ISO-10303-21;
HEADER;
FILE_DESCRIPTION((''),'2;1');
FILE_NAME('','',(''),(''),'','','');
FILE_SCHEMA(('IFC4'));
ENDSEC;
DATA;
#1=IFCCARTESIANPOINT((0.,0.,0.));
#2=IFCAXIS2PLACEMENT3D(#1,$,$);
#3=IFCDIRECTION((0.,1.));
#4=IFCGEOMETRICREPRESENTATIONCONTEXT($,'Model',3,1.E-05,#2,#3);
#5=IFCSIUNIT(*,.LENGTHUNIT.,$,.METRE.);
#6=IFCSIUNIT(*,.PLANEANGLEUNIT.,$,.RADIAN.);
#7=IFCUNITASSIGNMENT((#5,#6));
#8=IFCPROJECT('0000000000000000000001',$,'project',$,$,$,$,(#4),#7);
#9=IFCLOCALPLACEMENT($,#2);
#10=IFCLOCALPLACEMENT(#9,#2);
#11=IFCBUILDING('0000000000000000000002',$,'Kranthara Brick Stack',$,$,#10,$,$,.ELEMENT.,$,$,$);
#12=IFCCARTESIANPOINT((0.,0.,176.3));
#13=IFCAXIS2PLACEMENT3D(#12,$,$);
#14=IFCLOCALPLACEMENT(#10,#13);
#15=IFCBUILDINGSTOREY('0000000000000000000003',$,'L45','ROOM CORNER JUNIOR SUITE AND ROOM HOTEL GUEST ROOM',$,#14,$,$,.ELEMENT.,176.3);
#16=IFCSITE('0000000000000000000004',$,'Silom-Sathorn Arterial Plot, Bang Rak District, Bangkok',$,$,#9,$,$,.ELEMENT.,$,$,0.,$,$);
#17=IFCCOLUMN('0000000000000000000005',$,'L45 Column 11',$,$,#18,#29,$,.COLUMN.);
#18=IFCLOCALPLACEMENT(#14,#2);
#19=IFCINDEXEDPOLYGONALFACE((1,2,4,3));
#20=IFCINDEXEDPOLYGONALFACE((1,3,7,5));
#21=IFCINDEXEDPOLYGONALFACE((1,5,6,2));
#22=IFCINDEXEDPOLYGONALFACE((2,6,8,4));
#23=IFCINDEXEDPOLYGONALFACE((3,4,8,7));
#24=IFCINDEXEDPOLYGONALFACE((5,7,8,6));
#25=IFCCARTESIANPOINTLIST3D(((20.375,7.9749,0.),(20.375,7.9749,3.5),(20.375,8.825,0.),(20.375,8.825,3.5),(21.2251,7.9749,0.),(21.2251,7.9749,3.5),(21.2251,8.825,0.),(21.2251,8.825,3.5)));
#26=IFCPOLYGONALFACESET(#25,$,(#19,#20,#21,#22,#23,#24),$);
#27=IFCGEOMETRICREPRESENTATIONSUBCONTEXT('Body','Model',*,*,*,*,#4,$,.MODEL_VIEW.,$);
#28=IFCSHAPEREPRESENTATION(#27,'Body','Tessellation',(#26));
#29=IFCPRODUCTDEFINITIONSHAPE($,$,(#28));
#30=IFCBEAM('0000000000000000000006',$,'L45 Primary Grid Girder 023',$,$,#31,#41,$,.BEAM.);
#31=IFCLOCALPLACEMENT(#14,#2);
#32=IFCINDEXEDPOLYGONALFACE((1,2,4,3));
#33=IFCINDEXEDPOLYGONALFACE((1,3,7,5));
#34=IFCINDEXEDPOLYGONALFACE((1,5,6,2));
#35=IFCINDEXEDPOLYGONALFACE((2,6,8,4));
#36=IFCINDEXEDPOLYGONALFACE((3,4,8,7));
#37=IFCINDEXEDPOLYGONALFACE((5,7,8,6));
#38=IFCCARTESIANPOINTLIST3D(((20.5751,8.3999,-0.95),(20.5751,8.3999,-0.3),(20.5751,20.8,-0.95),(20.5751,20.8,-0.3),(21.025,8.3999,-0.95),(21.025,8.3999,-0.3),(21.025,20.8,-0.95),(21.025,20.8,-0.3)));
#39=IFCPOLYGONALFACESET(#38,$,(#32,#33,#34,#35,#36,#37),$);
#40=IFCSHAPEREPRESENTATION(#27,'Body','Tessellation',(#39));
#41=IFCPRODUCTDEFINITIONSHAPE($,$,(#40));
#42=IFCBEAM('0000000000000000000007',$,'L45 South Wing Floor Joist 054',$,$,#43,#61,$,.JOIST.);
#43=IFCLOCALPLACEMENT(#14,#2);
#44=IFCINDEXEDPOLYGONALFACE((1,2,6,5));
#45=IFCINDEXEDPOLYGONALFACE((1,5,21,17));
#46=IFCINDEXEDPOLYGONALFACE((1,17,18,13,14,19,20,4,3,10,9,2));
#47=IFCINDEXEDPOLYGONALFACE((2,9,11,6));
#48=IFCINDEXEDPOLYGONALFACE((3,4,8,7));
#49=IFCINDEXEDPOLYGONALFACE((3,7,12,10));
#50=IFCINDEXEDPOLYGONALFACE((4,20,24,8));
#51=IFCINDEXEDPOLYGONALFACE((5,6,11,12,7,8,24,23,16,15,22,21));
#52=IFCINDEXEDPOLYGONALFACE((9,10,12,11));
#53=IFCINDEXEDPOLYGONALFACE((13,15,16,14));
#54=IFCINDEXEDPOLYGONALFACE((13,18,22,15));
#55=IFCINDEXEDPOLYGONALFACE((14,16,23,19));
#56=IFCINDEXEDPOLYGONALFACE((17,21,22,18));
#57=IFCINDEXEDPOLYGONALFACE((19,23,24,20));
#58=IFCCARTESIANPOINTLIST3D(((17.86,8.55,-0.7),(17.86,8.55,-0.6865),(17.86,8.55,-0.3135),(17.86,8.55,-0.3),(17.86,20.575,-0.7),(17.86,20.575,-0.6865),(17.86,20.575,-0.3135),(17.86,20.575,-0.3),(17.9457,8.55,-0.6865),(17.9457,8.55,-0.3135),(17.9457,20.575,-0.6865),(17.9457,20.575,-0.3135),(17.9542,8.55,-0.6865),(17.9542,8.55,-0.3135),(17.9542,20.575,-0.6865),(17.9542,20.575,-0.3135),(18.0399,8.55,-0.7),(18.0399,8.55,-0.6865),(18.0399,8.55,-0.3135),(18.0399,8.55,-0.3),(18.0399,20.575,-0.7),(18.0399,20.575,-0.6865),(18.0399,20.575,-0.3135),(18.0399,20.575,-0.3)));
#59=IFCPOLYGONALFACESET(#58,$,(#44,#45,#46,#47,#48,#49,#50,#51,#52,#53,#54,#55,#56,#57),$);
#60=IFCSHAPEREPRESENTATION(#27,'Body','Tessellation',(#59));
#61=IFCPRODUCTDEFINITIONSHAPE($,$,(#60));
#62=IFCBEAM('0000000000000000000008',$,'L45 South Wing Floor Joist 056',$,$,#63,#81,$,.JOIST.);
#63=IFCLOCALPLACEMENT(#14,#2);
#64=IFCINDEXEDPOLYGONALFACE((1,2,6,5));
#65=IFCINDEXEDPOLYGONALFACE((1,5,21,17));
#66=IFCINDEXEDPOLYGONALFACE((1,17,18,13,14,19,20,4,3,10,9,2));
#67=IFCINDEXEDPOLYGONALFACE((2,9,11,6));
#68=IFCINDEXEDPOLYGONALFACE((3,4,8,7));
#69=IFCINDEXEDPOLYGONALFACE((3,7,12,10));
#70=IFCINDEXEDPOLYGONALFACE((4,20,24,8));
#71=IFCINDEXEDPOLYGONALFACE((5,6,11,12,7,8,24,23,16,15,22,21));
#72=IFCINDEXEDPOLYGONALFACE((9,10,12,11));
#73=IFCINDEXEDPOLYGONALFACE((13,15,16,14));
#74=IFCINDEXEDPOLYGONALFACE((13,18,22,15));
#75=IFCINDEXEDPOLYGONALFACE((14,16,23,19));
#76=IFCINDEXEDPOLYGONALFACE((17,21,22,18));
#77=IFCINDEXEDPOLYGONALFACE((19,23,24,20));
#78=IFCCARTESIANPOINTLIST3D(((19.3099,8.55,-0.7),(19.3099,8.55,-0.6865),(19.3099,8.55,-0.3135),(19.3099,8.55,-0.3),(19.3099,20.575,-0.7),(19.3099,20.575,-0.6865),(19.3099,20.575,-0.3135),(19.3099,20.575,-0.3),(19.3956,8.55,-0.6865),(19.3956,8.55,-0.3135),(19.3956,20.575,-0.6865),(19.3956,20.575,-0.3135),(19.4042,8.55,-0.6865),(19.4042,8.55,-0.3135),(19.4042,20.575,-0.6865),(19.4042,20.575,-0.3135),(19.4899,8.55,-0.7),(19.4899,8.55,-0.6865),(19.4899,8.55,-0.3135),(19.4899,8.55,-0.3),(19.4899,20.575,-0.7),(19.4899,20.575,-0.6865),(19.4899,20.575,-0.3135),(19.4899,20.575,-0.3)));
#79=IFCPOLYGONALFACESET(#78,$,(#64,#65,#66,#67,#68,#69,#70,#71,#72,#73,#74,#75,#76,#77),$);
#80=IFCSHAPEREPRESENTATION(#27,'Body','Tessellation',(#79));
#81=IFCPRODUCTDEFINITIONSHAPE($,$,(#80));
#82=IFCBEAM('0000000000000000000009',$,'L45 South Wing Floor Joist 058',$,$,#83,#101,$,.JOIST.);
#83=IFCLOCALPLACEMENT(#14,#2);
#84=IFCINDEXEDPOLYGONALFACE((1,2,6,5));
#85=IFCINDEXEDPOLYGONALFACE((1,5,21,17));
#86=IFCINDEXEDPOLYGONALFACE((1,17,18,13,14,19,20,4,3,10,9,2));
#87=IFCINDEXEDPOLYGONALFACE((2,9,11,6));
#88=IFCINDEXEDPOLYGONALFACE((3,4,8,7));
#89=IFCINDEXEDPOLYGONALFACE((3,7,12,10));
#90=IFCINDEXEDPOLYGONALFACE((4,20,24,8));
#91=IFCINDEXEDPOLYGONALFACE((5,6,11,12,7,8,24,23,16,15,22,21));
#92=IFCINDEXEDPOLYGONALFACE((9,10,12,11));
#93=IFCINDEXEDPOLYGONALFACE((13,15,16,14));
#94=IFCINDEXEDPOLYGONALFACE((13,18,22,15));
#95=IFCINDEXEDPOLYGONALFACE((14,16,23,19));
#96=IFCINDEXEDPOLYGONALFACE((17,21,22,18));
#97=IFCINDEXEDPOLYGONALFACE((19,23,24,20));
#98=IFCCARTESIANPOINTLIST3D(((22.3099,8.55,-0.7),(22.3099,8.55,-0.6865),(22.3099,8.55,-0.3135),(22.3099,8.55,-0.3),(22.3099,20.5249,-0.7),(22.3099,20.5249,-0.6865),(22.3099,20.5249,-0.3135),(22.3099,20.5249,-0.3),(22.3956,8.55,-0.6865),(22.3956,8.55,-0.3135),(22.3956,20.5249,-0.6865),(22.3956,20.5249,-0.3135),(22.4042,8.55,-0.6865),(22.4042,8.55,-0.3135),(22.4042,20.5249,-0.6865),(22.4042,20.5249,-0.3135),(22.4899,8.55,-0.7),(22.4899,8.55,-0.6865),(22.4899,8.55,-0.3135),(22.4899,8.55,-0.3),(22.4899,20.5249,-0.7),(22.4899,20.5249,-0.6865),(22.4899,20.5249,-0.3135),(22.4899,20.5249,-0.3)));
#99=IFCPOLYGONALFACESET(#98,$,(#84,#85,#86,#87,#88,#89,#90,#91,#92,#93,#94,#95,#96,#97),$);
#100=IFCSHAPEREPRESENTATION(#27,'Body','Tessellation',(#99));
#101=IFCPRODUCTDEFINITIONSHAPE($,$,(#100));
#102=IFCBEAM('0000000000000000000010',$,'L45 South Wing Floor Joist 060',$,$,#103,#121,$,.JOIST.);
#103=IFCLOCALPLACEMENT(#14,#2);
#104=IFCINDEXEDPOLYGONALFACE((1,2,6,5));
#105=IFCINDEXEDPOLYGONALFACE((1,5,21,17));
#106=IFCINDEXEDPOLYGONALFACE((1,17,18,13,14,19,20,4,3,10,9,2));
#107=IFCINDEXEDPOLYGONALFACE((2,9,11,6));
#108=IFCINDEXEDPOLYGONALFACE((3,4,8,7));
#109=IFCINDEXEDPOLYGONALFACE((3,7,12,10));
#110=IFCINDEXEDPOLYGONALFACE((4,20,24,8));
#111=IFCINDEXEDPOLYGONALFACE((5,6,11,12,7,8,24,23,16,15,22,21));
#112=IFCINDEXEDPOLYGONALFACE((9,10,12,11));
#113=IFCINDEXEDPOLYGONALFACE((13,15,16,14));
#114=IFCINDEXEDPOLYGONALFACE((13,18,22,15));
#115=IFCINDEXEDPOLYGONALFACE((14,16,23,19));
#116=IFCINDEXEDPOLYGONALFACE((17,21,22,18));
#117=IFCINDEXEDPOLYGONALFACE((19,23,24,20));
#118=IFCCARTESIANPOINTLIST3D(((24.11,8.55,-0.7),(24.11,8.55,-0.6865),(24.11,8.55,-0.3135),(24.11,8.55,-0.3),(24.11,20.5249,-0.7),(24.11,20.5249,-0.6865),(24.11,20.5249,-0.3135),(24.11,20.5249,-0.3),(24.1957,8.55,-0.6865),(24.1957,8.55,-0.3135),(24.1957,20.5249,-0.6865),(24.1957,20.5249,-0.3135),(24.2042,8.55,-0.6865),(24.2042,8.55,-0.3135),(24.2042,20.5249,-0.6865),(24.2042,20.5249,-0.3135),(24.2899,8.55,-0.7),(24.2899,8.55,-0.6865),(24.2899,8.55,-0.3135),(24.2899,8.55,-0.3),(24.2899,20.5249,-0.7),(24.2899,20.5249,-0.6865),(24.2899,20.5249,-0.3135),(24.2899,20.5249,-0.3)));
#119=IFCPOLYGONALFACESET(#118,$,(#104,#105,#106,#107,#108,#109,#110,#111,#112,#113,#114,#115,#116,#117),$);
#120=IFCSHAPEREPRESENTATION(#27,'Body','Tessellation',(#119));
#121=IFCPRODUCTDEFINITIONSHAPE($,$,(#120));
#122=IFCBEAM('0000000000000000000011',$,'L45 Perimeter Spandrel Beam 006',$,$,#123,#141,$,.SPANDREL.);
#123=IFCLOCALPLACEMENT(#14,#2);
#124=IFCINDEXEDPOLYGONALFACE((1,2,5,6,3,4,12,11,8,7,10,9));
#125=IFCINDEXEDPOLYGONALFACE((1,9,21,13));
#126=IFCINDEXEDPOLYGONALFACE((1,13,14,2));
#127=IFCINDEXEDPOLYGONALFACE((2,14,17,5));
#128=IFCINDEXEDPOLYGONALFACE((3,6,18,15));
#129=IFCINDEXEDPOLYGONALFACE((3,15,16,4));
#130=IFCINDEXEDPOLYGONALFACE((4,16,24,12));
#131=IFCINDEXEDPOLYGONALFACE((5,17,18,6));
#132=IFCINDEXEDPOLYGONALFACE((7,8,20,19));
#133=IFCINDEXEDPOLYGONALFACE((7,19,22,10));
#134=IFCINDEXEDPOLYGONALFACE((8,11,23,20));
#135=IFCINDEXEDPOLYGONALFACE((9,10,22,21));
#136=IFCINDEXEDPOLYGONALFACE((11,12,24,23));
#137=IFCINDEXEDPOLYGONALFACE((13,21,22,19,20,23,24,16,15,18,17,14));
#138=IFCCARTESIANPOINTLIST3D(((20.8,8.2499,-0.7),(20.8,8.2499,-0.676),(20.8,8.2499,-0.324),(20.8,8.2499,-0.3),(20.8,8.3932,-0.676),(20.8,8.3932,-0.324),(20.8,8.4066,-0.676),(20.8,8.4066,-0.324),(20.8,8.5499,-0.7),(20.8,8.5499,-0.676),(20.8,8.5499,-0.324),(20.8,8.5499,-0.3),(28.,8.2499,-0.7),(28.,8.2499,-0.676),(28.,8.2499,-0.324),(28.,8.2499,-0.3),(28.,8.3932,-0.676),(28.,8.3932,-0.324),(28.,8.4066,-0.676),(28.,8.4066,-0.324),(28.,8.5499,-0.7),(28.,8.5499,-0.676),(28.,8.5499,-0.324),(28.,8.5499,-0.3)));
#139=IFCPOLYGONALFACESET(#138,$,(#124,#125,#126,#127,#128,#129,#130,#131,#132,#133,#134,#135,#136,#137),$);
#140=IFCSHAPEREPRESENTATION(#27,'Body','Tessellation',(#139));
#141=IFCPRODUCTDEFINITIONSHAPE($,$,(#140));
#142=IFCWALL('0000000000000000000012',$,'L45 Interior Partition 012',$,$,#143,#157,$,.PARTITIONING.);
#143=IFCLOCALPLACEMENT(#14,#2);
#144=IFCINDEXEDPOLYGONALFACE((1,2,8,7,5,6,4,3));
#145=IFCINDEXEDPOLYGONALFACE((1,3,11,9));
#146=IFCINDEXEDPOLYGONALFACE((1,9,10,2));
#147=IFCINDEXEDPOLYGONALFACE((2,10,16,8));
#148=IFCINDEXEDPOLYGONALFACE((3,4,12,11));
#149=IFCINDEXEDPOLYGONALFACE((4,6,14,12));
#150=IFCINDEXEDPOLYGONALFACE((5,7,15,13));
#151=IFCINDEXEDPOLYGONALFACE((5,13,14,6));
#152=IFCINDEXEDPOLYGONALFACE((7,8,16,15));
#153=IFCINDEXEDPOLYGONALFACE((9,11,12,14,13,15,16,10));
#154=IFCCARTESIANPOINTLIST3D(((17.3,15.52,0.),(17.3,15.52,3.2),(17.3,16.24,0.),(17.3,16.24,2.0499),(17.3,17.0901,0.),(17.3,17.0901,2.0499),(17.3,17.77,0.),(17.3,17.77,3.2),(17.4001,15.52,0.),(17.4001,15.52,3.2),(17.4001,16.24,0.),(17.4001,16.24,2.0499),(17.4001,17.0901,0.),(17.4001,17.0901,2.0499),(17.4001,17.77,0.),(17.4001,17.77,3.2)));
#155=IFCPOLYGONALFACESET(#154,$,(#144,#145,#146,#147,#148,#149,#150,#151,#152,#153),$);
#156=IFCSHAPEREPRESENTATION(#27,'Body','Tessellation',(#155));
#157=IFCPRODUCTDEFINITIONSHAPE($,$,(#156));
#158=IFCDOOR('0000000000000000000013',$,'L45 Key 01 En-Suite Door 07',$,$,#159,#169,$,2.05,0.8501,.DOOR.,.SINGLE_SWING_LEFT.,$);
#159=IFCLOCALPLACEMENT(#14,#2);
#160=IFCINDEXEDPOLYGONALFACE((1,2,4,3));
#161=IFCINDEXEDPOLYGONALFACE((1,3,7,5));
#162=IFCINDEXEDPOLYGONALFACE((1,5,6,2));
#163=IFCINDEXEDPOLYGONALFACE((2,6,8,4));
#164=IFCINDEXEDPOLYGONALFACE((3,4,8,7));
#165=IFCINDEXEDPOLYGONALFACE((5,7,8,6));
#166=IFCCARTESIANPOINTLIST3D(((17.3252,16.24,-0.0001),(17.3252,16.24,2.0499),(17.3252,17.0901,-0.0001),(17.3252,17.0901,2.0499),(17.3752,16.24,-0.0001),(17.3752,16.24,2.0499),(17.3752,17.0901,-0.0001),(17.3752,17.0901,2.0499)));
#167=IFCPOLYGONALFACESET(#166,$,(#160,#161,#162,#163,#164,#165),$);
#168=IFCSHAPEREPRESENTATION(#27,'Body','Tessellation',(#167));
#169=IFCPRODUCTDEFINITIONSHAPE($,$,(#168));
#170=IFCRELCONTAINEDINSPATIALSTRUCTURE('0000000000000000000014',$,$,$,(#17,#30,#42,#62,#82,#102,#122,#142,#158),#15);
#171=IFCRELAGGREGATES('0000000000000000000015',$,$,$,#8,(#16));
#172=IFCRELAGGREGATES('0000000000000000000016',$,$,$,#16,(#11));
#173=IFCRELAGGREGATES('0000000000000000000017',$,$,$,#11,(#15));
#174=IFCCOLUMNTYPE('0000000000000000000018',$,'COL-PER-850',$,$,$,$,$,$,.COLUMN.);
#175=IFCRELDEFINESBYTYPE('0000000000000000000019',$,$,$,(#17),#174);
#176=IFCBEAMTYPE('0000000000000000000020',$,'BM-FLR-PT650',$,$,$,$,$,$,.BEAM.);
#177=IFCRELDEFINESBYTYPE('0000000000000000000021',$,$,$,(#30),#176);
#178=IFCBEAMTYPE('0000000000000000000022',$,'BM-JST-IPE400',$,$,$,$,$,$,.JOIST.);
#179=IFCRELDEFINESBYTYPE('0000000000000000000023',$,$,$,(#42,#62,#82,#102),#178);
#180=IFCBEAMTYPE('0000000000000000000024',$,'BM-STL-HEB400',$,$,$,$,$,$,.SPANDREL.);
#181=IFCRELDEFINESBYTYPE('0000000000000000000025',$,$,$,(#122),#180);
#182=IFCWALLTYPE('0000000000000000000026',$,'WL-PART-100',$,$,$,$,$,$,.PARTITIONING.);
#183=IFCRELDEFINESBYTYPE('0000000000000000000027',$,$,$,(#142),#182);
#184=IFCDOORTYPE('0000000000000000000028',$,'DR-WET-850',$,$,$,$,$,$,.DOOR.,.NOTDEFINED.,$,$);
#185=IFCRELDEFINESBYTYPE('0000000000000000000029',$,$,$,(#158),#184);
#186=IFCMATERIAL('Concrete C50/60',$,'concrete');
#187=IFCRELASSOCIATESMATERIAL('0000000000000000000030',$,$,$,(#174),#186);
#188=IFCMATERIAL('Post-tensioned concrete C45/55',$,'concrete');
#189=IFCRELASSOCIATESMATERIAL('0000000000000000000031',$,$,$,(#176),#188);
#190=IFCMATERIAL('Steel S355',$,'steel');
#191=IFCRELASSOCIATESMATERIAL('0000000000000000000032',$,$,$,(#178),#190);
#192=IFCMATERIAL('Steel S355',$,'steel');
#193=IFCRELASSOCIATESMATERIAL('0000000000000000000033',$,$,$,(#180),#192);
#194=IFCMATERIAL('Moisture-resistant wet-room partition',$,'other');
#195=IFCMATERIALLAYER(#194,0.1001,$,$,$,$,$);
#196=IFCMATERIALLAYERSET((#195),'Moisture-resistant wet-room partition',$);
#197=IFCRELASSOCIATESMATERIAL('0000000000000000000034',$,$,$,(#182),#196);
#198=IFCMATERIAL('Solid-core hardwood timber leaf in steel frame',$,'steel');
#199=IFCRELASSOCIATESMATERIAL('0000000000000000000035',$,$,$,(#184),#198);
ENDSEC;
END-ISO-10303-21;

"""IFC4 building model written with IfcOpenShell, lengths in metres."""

from ifc_helpers import new_model, si_unit, direction, frame, frame_2d, origin, origin_2d, place, context, subcontext, project, spatial, rectangle, i_section, extrude, material, layer, layer_set, material_profile, profile_set, type_object, element, fill, save


model = new_model("IFC4")

# Units and contexts
model_context = context("Model", 3, precision=1e-05, world=origin(), true_north=direction((0.0, 1.0)))
body_context = subcontext(model_context, "Body", "Model", "MODEL_VIEW")
ifc_project = project(units=[si_unit("LENGTHUNIT", "METRE"), si_unit("PLANEANGLEUNIT", "RADIAN")], contexts=[model_context])

# Site, building, storey
site_placement = place(None, origin())
site = spatial("IfcSite", under=ifc_project, at=site_placement, Name="Silom-Sathorn Arterial Plot, Bang Rak District, Bangkok", CompositionType="ELEMENT", RefElevation=0.0)
building_placement = place(site_placement, origin())
building = spatial("IfcBuilding", under=site, at=building_placement, Name="Kranthara Brick Stack", CompositionType="ELEMENT")
storey_placement = place(building_placement, frame((0.0, 0.0, 176.3)))
storey = spatial("IfcBuildingStorey", under=building, at=storey_placement, Name="L45", Description="ROOM CORNER JUNIOR SUITE AND ROOM HOTEL GUEST ROOM", CompositionType="ELEMENT", Elevation=176.3)

# Column
ifc_material_1 = material(Name="Concrete C50/60", Category="concrete")
ifc_material_profile_1 = material_profile(ifc_material_1, rectangle(XDim=0.8501, YDim=0.8501, at=origin_2d()), Name="RC 850x850")
ifc_profile_set_1 = profile_set([ifc_material_profile_1], Name="Concrete C50/60")
column_type = type_object("IfcColumnType", Name="COL-PER-850", PredefinedType="COLUMN", material=ifc_profile_set_1)
column_placement = place(storey_placement, frame((20.8, 8.3999, 0.0), z_axis=(0.0, 0.0, 1.0), x_axis=(1.0, 0.0, 0.0)))
element("IfcColumn", 1, at=column_placement, inside=storey, type_object=column_type, Name="L45 Column 11", PredefinedType="COLUMN", context=body_context, shape_type="SweptSolid", body=[
    extrude(rectangle(XDim=0.8501, YDim=0.8501, at=origin_2d()), origin(), (0.0, 0.0, 1.0), 3.5),
])

# Beams
ifc_material_2 = material(Name="Post-tensioned concrete C45/55", Category="concrete")
ifc_material_profile_2 = material_profile(ifc_material_2, rectangle(XDim=0.45, YDim=0.6499, at=origin_2d()), Name="PT 450x650")
ifc_profile_set_2 = profile_set([ifc_material_profile_2], Name="Post-tensioned concrete C45/55")
beam_type_1 = type_object("IfcBeamType", Name="BM-FLR-PT650", PredefinedType="BEAM", material=ifc_profile_set_2)
beam_1_placement = place(storey_placement, frame((20.8, 8.3999, -0.625), z_axis=(0.0, 1.0, 0.0), x_axis=(-1.0, 0.0, 0.0)))
element("IfcBeam", 2, at=beam_1_placement, inside=storey, type_object=beam_type_1, Name="L45 Primary Grid Girder 023", PredefinedType="BEAM", context=body_context, shape_type="SweptSolid", body=[
    extrude(rectangle(XDim=0.45, YDim=0.6499, at=origin_2d()), origin(), (0.0, 0.0, 1.0), 12.4001),
])
ifc_material_3 = material(Name="Steel S355", Category="steel")
ifc_material_profile_3 = material_profile(ifc_material_3, i_section(OverallWidth=0.1799, OverallDepth=0.3999, WebThickness=0.0085, FlangeThickness=0.0134, at=origin_2d()), Name="IPE 400")
ifc_profile_set_3 = profile_set([ifc_material_profile_3], Name="Steel S355")
beam_type_2 = type_object("IfcBeamType", Name="BM-JST-IPE400", PredefinedType="JOIST", material=ifc_profile_set_3)
for number, where, z_axis, x_axis, name in (
    (3, (17.95, 8.55, -0.5), (0.0, 1.0, 0.0), (-1.0, 0.0, 0.0), "L45 South Wing Floor Joist 054"),
    (4, (19.3999, 8.55, -0.5), (0.0, 1.0, 0.0), (-1.0, 0.0, 0.0), "L45 South Wing Floor Joist 056"),
):
    element("IfcBeam", number, at=place(storey_placement, frame(where, z_axis=z_axis, x_axis=x_axis)), inside=storey, type_object=beam_type_2, Name=name, PredefinedType="JOIST", context=body_context, shape_type="SweptSolid", body=[
        extrude(i_section(OverallWidth=0.1799, OverallDepth=0.3999, WebThickness=0.0085, FlangeThickness=0.0134, at=origin_2d()), origin(), (0.0, 0.0, 1.0), 12.0249),
    ])
for number, where, z_axis, x_axis, name in (
    (5, (22.3999, 8.55, -0.5), (0.0, 1.0, 0.0), (-1.0, 0.0, 0.0), "L45 South Wing Floor Joist 058"),
    (6, (24.2, 8.55, -0.5), (0.0, 1.0, 0.0), (-1.0, 0.0, 0.0), "L45 South Wing Floor Joist 060"),
):
    element("IfcBeam", number, at=place(storey_placement, frame(where, z_axis=z_axis, x_axis=x_axis)), inside=storey, type_object=beam_type_2, Name=name, PredefinedType="JOIST", context=body_context, shape_type="SweptSolid", body=[
        extrude(i_section(OverallWidth=0.1799, OverallDepth=0.3999, WebThickness=0.0085, FlangeThickness=0.0134, at=origin_2d()), origin(), (0.0, 0.0, 1.0), 11.9749),
    ])
ifc_material_4 = material(Name="Steel S355", Category="steel")
ifc_material_profile_4 = material_profile(ifc_material_4, i_section(OverallWidth=0.3, OverallDepth=0.3999, WebThickness=0.0134, FlangeThickness=0.0239, at=origin_2d()), Name="HEB 400")
ifc_profile_set_4 = profile_set([ifc_material_profile_4], Name="Steel S355")
beam_type_3 = type_object("IfcBeamType", Name="BM-STL-HEB400", PredefinedType="SPANDREL", material=ifc_profile_set_4)
beam_2_placement = place(storey_placement, frame((20.8, 8.3999, -0.5), z_axis=(1.0, 0.0, 0.0), x_axis=(0.0, 1.0, 0.0)))
element("IfcBeam", 7, at=beam_2_placement, inside=storey, type_object=beam_type_3, Name="L45 Perimeter Spandrel Beam 006", PredefinedType="SPANDREL", context=body_context, shape_type="SweptSolid", body=[
    extrude(i_section(OverallWidth=0.3, OverallDepth=0.3999, WebThickness=0.0134, FlangeThickness=0.0239, at=origin_2d()), origin(), (0.0, 0.0, 1.0), 7.2),
])

# Wall, opening, door
ifc_material_5 = material(Name="Moisture-resistant wet-room partition", Category="other")
ifc_layer_1 = layer(ifc_material_5, 0.1001)
ifc_layer_set_1 = layer_set([ifc_layer_1], Name="Moisture-resistant wet-room partition")
wall_type_1 = type_object("IfcWallType", Name="WL-PART-100", PredefinedType="PARTITIONING", material=ifc_layer_set_1)
wall_1_placement = place(storey_placement, frame((17.3501, 15.52, 0.0), z_axis=(0.0, 0.0, 1.0), x_axis=(0.0, 1.0, 0.0)))
wall_1 = element("IfcWall", 8, at=wall_1_placement, inside=storey, type_object=wall_type_1, Name="L45 Interior Partition 012", PredefinedType="PARTITIONING", context=body_context, shape_type="SweptSolid", body=[
    extrude(rectangle(XDim=2.25, YDim=0.1001, at=frame_2d((1.125, 0.0))), origin(), (0.0, 0.0, 1.0), 3.2),
])
opening_1_placement = place(wall_1_placement, frame((0.72, 0.0, 0.0)))
opening_1 = element("IfcOpeningElement", 9, at=opening_1_placement, cuts=wall_1, PredefinedType="OPENING", context=body_context, shape_type="SweptSolid", body=[
    extrude(rectangle(XDim=0.8501, YDim=2.05, at=frame_2d((0.425, 1.0249))), frame((0.0, 0.0601, 0.0), z_axis=(0.0, -1.0, 0.0), x_axis=(1.0, 0.0, 0.0)), (0.0, 0.0, 1.0), 0.1201),
])
ifc_material_6 = material(Name="Solid-core hardwood timber leaf in steel frame", Category="steel")
door_type_1 = type_object("IfcDoorType", Name="DR-WET-850", OperationType="NOTDEFINED", PredefinedType="DOOR", material=ifc_material_6)
door_1_placement = place(opening_1_placement, origin())
door_1 = element("IfcDoor", 10, at=door_1_placement, inside=storey, type_object=door_type_1, Name="L45 Key 01 En-Suite Door 07", OperationType="SINGLE_SWING_LEFT", OverallHeight=2.05, OverallWidth=0.8501, PredefinedType="DOOR", context=body_context, shape_type="SweptSolid", body=[
    extrude(rectangle(XDim=0.8501, YDim=2.05, at=frame_2d((0.425, 1.0249))), frame((0.0, 0.0249, 0.0), z_axis=(0.0, -1.0, 0.0), x_axis=(1.0, 0.0, 0.0)), (0.0, 0.0, 1.0), 0.05),
])
fill(opening_1, door_1)

save(model, "model.ifc")
